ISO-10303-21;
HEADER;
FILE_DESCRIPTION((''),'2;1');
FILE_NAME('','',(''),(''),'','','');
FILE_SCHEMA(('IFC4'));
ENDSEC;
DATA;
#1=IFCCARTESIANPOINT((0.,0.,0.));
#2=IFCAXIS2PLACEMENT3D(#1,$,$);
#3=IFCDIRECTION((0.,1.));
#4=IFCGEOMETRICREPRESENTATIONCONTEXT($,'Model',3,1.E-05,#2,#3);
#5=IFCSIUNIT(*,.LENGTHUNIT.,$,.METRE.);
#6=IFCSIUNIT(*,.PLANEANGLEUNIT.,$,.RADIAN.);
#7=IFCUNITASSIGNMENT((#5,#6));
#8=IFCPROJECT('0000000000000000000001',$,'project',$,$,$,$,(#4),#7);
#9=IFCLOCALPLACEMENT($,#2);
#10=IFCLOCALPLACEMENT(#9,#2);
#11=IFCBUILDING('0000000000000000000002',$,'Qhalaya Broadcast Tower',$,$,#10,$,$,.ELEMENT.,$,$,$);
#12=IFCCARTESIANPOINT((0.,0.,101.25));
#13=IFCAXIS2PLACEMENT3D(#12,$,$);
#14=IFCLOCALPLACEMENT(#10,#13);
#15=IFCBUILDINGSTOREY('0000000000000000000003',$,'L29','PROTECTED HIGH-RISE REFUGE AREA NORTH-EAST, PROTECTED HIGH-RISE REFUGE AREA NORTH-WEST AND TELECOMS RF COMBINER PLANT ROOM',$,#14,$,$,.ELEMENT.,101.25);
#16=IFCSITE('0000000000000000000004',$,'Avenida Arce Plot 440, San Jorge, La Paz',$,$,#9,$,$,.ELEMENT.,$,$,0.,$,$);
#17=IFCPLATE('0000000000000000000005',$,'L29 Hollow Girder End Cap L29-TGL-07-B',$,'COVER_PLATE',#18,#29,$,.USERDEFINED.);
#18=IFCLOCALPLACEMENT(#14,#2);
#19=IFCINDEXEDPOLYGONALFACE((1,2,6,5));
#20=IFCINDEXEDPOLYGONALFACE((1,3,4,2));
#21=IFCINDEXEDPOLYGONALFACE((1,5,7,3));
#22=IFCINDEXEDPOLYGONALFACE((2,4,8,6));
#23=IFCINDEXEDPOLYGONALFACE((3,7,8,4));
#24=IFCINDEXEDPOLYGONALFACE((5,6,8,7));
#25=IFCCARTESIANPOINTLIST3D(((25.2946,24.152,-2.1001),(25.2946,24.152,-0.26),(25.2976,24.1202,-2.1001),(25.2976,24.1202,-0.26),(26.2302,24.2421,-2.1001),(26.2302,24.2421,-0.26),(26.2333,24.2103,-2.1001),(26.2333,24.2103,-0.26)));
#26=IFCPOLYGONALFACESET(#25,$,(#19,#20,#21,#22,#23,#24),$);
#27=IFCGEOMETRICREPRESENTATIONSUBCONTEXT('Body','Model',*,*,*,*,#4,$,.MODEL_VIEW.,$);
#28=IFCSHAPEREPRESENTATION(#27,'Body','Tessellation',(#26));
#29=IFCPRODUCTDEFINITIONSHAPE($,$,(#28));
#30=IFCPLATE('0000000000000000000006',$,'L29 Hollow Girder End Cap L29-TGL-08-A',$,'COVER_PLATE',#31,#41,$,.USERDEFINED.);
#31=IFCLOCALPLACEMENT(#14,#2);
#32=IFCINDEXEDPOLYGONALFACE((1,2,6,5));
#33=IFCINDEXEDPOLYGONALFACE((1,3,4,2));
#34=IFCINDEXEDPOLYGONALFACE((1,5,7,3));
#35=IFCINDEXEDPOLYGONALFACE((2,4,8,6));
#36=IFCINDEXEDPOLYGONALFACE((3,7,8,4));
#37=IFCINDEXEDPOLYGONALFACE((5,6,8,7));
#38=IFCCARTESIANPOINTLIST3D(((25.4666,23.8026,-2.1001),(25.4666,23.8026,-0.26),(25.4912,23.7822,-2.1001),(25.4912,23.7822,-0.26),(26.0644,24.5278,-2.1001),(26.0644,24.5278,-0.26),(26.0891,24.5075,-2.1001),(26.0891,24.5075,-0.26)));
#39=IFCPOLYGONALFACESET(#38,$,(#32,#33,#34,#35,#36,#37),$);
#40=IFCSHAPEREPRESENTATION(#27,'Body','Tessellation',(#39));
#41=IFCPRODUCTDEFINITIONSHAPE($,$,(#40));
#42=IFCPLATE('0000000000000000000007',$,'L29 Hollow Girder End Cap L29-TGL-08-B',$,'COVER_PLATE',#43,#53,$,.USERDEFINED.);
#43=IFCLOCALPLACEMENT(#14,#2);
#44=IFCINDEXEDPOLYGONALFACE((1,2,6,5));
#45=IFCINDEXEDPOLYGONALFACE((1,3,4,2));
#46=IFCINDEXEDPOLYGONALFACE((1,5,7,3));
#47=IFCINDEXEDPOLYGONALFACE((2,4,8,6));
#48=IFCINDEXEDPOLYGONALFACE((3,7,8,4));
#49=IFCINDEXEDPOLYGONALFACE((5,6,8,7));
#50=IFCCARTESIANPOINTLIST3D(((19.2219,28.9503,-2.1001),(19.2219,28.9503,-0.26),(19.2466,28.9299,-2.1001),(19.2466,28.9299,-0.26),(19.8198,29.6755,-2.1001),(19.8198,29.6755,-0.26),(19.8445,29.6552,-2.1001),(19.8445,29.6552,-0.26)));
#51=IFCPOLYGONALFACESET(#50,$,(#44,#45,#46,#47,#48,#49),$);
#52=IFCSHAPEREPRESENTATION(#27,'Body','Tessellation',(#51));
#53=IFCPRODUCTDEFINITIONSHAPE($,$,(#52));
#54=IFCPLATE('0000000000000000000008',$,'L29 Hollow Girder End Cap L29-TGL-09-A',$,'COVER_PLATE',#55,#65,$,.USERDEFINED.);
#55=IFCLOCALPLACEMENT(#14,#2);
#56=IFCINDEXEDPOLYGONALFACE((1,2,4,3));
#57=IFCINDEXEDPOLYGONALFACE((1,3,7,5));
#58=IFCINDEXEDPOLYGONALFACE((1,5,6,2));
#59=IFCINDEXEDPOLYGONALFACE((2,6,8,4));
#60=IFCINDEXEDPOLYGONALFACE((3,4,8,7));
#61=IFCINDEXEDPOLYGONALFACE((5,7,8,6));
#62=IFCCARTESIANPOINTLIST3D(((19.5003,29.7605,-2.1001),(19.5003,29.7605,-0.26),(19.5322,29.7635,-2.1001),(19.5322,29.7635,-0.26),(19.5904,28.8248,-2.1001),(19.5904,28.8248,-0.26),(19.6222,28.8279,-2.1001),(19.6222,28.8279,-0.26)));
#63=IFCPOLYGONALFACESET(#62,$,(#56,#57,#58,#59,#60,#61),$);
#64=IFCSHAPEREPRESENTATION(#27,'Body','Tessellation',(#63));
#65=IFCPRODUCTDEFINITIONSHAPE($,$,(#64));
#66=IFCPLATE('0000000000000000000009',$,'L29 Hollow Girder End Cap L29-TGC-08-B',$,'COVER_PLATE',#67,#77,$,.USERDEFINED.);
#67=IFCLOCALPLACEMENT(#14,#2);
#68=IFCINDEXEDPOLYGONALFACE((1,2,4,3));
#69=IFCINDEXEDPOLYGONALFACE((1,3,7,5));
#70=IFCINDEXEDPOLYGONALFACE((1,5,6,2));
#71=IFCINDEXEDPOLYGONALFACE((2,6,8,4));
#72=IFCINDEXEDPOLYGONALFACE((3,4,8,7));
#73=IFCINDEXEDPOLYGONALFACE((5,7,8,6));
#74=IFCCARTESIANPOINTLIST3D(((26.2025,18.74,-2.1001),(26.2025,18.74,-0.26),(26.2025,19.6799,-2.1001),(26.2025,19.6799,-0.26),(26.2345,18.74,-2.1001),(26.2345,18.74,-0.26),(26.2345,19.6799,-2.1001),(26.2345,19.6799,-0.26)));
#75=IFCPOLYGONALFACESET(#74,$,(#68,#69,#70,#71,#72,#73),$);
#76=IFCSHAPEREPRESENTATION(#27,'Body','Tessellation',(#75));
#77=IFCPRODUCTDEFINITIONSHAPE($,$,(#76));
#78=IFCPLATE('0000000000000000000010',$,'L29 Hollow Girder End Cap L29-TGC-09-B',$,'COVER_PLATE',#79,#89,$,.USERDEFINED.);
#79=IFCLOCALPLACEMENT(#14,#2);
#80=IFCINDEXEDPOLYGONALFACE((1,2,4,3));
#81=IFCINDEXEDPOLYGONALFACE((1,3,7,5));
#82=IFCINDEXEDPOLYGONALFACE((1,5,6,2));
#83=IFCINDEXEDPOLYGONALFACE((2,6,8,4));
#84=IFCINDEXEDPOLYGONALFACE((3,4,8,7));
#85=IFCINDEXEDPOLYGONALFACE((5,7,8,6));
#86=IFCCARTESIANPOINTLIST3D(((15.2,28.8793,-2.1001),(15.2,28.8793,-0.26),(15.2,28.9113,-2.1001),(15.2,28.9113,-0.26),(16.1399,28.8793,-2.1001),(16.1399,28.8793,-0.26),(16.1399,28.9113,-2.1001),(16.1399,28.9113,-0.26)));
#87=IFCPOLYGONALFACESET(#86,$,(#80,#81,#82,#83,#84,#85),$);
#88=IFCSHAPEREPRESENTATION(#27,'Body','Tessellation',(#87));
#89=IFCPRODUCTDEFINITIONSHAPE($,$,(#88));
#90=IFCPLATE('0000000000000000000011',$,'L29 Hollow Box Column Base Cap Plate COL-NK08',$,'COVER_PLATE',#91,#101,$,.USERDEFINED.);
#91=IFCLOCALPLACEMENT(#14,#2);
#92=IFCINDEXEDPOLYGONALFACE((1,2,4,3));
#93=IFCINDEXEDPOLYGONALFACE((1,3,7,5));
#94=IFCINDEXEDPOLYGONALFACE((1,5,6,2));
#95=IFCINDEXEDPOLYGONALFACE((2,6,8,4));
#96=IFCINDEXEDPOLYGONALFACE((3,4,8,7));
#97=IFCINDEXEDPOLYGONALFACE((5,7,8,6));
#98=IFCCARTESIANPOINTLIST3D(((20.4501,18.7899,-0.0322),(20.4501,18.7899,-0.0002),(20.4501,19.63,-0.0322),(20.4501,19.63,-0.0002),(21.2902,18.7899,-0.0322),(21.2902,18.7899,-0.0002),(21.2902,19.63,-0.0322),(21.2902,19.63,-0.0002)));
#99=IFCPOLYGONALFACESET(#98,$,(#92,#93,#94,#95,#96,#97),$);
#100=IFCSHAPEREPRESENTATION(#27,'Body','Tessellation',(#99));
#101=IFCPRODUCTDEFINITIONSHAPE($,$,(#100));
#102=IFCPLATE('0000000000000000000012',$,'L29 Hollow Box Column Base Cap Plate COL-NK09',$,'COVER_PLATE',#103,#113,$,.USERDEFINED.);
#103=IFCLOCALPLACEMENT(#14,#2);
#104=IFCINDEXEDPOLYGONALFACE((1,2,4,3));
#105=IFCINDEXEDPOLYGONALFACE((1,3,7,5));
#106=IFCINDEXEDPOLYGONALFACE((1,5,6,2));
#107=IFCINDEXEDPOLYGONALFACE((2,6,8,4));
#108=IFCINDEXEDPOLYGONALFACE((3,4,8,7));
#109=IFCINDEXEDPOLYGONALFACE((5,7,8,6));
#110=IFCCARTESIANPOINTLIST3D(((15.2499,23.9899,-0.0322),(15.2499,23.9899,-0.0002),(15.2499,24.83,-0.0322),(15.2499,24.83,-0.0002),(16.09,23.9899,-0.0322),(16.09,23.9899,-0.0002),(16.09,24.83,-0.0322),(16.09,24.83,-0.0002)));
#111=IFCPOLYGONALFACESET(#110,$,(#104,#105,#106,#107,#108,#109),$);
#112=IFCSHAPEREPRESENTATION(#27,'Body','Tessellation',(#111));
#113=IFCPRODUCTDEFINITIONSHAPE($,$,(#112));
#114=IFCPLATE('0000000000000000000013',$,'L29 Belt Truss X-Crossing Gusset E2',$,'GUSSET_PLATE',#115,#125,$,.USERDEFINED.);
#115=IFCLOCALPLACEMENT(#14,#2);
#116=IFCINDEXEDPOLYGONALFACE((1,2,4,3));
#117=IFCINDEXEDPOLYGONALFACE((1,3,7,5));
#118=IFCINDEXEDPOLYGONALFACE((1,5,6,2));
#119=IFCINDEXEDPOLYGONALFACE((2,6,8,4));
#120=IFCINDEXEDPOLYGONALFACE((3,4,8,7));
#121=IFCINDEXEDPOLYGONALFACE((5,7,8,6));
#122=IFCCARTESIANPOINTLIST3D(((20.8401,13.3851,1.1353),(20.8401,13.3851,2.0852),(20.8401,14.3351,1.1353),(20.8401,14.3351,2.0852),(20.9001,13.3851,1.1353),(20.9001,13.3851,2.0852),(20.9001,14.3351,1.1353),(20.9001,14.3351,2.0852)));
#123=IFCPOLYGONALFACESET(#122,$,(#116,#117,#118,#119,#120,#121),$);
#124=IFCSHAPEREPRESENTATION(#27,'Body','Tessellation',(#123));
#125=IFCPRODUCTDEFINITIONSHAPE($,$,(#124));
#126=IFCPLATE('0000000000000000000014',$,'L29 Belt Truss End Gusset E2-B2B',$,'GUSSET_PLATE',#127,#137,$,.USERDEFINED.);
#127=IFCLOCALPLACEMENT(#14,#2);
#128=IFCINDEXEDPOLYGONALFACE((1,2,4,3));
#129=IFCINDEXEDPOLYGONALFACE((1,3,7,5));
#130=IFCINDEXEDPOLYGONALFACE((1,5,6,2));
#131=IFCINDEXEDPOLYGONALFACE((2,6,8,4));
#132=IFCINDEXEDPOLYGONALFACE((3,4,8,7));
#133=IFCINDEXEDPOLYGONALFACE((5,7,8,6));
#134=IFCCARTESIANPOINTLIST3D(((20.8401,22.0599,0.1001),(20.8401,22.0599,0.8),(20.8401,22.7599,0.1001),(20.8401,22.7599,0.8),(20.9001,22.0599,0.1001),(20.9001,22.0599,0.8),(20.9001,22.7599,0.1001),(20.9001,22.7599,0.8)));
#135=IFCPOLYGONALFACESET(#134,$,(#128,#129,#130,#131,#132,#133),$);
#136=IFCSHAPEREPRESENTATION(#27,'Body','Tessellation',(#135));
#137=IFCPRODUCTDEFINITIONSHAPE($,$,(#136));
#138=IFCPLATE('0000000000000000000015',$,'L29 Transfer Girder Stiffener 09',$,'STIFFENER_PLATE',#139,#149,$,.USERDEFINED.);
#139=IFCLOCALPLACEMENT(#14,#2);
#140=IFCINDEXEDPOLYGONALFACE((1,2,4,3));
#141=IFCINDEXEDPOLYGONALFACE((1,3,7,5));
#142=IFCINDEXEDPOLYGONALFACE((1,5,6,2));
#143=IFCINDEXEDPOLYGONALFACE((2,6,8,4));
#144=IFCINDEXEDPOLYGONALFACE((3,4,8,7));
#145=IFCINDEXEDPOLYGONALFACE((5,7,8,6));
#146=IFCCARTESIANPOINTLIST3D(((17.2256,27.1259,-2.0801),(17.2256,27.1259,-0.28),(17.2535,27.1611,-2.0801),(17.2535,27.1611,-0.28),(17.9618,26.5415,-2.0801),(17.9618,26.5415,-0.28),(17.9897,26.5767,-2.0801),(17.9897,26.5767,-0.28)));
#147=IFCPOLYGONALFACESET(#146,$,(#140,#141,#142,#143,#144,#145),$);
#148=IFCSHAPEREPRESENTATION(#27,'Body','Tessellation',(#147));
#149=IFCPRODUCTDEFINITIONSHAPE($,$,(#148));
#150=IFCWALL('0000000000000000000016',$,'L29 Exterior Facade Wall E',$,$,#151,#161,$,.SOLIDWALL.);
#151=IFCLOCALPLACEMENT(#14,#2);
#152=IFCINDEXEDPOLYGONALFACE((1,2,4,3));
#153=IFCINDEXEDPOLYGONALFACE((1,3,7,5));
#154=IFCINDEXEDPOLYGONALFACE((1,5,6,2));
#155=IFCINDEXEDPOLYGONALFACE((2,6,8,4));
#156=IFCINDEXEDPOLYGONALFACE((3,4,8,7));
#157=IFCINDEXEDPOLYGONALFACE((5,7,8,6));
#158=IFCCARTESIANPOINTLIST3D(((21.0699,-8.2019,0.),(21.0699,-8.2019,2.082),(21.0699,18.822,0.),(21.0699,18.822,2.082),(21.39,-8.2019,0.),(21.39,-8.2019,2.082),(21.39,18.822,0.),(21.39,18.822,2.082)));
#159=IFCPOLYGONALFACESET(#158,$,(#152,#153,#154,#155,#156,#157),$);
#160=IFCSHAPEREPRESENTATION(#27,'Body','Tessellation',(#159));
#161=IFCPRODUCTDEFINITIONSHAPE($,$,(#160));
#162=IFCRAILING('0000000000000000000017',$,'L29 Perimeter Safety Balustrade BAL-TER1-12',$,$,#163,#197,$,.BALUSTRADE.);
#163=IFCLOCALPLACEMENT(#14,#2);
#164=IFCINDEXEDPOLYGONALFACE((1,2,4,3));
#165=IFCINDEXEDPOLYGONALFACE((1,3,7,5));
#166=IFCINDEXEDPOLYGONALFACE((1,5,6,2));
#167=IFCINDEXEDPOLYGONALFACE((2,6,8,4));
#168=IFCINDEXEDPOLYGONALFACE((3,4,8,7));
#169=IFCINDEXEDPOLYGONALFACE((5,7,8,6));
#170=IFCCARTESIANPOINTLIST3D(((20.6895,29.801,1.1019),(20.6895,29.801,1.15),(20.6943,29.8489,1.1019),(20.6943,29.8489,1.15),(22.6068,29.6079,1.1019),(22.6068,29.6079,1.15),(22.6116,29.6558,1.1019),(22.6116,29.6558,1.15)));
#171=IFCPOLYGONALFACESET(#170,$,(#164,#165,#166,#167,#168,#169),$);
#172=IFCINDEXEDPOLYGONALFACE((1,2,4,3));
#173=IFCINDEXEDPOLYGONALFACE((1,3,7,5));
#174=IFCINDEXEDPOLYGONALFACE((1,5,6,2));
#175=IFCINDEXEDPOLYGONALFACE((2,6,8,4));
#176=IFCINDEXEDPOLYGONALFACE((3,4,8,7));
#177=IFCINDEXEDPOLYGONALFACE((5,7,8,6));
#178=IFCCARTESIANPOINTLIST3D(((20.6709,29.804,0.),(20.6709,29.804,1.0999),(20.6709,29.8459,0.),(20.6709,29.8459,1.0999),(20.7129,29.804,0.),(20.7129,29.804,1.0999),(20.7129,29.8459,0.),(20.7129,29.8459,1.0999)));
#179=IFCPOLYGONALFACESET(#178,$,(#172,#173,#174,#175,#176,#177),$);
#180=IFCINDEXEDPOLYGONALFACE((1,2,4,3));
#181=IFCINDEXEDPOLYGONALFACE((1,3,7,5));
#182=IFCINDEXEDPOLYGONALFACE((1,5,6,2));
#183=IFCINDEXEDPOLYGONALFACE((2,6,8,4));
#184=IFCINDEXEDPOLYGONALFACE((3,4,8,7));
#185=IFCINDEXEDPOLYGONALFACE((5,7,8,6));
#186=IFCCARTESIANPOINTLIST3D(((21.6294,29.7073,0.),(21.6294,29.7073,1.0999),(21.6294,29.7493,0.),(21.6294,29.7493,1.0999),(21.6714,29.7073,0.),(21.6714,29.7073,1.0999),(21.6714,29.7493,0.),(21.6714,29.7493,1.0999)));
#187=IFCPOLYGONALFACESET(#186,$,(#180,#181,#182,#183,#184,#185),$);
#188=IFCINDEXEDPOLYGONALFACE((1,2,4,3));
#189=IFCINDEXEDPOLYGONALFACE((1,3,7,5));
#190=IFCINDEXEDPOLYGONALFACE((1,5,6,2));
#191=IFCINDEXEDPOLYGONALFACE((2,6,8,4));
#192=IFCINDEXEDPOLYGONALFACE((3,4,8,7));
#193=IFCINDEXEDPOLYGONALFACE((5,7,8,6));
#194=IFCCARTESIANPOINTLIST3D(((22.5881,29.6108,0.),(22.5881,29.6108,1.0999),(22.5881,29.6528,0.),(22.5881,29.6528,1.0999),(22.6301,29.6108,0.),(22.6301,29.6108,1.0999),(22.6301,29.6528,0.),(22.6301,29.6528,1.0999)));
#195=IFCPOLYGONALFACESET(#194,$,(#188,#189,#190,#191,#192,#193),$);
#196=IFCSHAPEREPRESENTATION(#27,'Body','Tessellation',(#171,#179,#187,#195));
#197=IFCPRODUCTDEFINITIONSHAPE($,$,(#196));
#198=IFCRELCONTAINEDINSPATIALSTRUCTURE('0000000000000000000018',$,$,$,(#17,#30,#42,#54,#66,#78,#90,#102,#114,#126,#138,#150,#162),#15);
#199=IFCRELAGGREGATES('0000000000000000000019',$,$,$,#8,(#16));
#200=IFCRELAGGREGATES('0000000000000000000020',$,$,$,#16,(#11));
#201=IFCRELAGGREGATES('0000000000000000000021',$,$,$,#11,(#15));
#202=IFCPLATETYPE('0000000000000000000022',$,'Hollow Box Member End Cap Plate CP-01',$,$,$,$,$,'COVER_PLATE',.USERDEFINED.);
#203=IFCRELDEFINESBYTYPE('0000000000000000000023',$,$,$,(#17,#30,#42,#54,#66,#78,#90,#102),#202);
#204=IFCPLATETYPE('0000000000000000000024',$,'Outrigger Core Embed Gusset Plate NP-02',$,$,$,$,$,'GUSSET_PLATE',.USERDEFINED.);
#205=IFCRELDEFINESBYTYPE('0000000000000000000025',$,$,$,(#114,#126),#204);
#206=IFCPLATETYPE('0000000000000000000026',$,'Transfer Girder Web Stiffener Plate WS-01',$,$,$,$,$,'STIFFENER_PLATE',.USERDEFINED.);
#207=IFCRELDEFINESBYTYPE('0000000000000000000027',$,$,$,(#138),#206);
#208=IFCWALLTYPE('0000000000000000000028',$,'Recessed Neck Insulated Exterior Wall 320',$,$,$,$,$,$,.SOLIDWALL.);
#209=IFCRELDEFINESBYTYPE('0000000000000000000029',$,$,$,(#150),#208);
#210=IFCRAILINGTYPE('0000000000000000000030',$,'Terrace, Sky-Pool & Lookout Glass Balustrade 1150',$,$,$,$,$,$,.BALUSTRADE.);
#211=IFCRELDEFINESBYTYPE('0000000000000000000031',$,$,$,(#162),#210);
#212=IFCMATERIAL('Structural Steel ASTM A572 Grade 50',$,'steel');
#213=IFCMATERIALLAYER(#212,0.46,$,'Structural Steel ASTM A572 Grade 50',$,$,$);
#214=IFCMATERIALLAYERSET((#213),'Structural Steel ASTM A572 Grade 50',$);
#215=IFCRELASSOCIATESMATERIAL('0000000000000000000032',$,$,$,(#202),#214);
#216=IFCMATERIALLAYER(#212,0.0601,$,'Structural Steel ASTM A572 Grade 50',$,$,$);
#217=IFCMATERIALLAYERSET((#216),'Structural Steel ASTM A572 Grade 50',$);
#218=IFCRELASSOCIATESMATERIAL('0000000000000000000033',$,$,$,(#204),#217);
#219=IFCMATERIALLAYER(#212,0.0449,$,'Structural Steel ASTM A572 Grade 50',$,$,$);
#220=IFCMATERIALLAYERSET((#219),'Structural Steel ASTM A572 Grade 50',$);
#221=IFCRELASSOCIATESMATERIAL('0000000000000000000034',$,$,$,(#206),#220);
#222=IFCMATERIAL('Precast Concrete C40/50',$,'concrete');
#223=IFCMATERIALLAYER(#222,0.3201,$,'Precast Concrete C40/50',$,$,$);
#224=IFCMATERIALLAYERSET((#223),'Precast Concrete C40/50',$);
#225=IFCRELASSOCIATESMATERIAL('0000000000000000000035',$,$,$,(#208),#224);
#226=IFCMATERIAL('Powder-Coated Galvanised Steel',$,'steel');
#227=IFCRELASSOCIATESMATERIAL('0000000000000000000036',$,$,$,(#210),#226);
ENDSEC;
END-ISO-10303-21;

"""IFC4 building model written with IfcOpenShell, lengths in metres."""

from ifc_helpers import new_model, si_unit, direction, frame, frame_2d, origin, origin_2d, place, context, subcontext, project, spatial, rectangle, extrude, material, layer, layer_set, type_object, element, save


model = new_model("IFC4")

# Units and contexts
model_context = context("Model", 3, precision=1e-05, world=origin(), true_north=direction((0.0, 1.0)))
body_context = subcontext(model_context, "Body", "Model", "MODEL_VIEW")
ifc_project = project(units=[si_unit("LENGTHUNIT", "METRE"), si_unit("PLANEANGLEUNIT", "RADIAN")], contexts=[model_context])

# Site, building, storey
site_placement = place(None, origin())
site = spatial("IfcSite", under=ifc_project, at=site_placement, Name="Avenida Arce Plot 440, San Jorge, La Paz", CompositionType="ELEMENT", RefElevation=0.0)
building_placement = place(site_placement, origin())
building = spatial("IfcBuilding", under=site, at=building_placement, Name="Qhalaya Broadcast Tower", CompositionType="ELEMENT")
storey_placement = place(building_placement, frame((0.0, 0.0, 101.25)))
storey = spatial("IfcBuildingStorey", under=building, at=storey_placement, Name="L29", Description="PROTECTED HIGH-RISE REFUGE AREA NORTH-EAST, PROTECTED HIGH-RISE REFUGE AREA NORTH-WEST AND TELECOMS RF COMBINER PLANT ROOM", CompositionType="ELEMENT", Elevation=101.25)

# Shared definitions
ifc_material_1 = material(Name="Structural Steel ASTM A572 Grade 50", Category="steel")

# Plates
ifc_layer_1 = layer(ifc_material_1, 0.46, Name="Structural Steel ASTM A572 Grade 50")
ifc_layer_set_1 = layer_set([ifc_layer_1], Name="Structural Steel ASTM A572 Grade 50")
plate_type_1 = type_object("IfcPlateType", Name="Hollow Box Member End Cap Plate CP-01", ElementType="COVER_PLATE", PredefinedType="USERDEFINED", material=ifc_layer_set_1)
for number, where, z_axis, x_axis, name in (
    (1, (25.7639, 24.1812, -2.1001), (0.0, 0.0, 1.0), (-0.995396, -0.095846, 0.0), "L29 Hollow Girder End Cap L29-TGL-07-B"),
    (2, (25.7778, 24.155, -2.1001), (0.0, 0.0, 1.0), (-0.636078, -0.771625, 0.0), "L29 Hollow Girder End Cap L29-TGL-08-A"),
    (3, (19.5332, 29.3027, -2.1001), (0.0, 0.0, 1.0), (-0.636078, -0.771625, 0.0), "L29 Hollow Girder End Cap L29-TGL-08-B"),
    (4, (19.5613, 29.2942, -2.1001), (0.0, 0.0, 1.0), (0.095846, -0.995396, 0.0), "L29 Hollow Girder End Cap L29-TGL-09-A"),
    (5, (26.2185, 19.21, -2.1001), (0.0, 0.0, 1.0), (0.0, 1.0, 0.0), "L29 Hollow Girder End Cap L29-TGC-08-B"),
    (6, (15.6699, 28.8953, -2.1001), (0.0, 0.0, 1.0), (-1.0, 0.0, 0.0), "L29 Hollow Girder End Cap L29-TGC-09-B"),
):
    element("IfcPlate", number, at=place(storey_placement, frame(where, z_axis=z_axis, x_axis=x_axis)), inside=storey, type_object=plate_type_1, Name=name, ObjectType="COVER_PLATE", PredefinedType="USERDEFINED", context=body_context, shape_type="SweptSolid", body=[
        extrude(rectangle(XDim=0.9399, YDim=0.032, at=origin_2d()), origin(), (0.0, 0.0, 1.0), 1.8401),
    ])
for number, where, z_axis, x_axis, name in (
    (7, (20.8701, 19.21, -0.0322), (0.0, 0.0, 1.0), (0.0, 1.0, 0.0), "L29 Hollow Box Column Base Cap Plate COL-NK08"),
    (8, (15.6699, 24.4099, -0.0322), (0.0, 0.0, 1.0), (1.0, 0.0, 0.0), "L29 Hollow Box Column Base Cap Plate COL-NK09"),
):
    element("IfcPlate", number, at=place(storey_placement, frame(where, z_axis=z_axis, x_axis=x_axis)), inside=storey, type_object=plate_type_1, Name=name, ObjectType="COVER_PLATE", PredefinedType="USERDEFINED", context=body_context, shape_type="SweptSolid", body=[
        extrude(rectangle(XDim=0.8401, YDim=0.8401, at=origin_2d()), origin(), (0.0, 0.0, 1.0), 0.032),
    ])
ifc_layer_2 = layer(ifc_material_1, 0.0601, Name="Structural Steel ASTM A572 Grade 50")
ifc_layer_set_2 = layer_set([ifc_layer_2], Name="Structural Steel ASTM A572 Grade 50")
plate_type_2 = type_object("IfcPlateType", Name="Outrigger Core Embed Gusset Plate NP-02", ElementType="GUSSET_PLATE", PredefinedType="USERDEFINED", material=ifc_layer_set_2)
plate_1_placement = place(storey_placement, frame((20.8701, 13.8601, 1.1353), z_axis=(0.0, 0.0, 1.0), x_axis=(0.0, 1.0, 0.0)))
element("IfcPlate", 9, at=plate_1_placement, inside=storey, type_object=plate_type_2, Name="L29 Belt Truss X-Crossing Gusset E2", ObjectType="GUSSET_PLATE", PredefinedType="USERDEFINED", context=body_context, shape_type="SweptSolid", body=[
    extrude(rectangle(XDim=0.95, YDim=0.0601, at=origin_2d()), origin(), (0.0, 0.0, 1.0), 0.95),
])
plate_2_placement = place(storey_placement, frame((20.8701, 22.4099, 0.1001), z_axis=(0.0, 0.0, 1.0), x_axis=(0.0, 1.0, 0.0)))
element("IfcPlate", 10, at=plate_2_placement, inside=storey, type_object=plate_type_2, Name="L29 Belt Truss End Gusset E2-B2B", ObjectType="GUSSET_PLATE", PredefinedType="USERDEFINED", context=body_context, shape_type="SweptSolid", body=[
    extrude(rectangle(XDim=0.7, YDim=0.0601, at=origin_2d()), origin(), (0.0, 0.0, 1.0), 0.7),
])
ifc_layer_3 = layer(ifc_material_1, 0.0449, Name="Structural Steel ASTM A572 Grade 50")
ifc_layer_set_3 = layer_set([ifc_layer_3], Name="Structural Steel ASTM A572 Grade 50")
plate_type_3 = type_object("IfcPlateType", Name="Transfer Girder Web Stiffener Plate WS-01", ElementType="STIFFENER_PLATE", PredefinedType="USERDEFINED", material=ifc_layer_set_3)
plate_3_placement = place(storey_placement, frame((17.6077, 26.8513, -2.0801), z_axis=(0.0, 0.0, 1.0), x_axis=(0.78326, -0.621695, 0.0)))
element("IfcPlate", 11, at=plate_3_placement, inside=storey, type_object=plate_type_3, Name="L29 Transfer Girder Stiffener 09", ObjectType="STIFFENER_PLATE", PredefinedType="USERDEFINED", context=body_context, shape_type="SweptSolid", body=[
    extrude(rectangle(XDim=0.9399, YDim=0.0449, at=origin_2d()), origin(), (0.0, 0.0, 1.0), 1.8),
])

# Wall
ifc_material_2 = material(Name="Precast Concrete C40/50", Category="concrete")
ifc_layer_4 = layer(ifc_material_2, 0.3201, Name="Precast Concrete C40/50")
ifc_layer_set_4 = layer_set([ifc_layer_4], Name="Precast Concrete C40/50")
wall_type = type_object("IfcWallType", Name="Recessed Neck Insulated Exterior Wall 320", PredefinedType="SOLIDWALL", material=ifc_layer_set_4)
wall_placement = place(storey_placement, frame((21.23, 18.822, 0.0), z_axis=(0.0, 0.0, 1.0), x_axis=(0.0, -1.0, 0.0)))
element("IfcWall", 12, at=wall_placement, inside=storey, type_object=wall_type, Name="L29 Exterior Facade Wall E", PredefinedType="SOLIDWALL", context=body_context, shape_type="SweptSolid", body=[
    extrude(rectangle(XDim=27.0239, YDim=0.3201, at=frame_2d((13.512, 0.0))), origin(), (0.0, 0.0, 1.0), 2.082),
])

# Railing
ifc_material_3 = material(Name="Powder-Coated Galvanised Steel", Category="steel")
railing_type = type_object("IfcRailingType", Name="Terrace, Sky-Pool & Lookout Glass Balustrade 1150", PredefinedType="BALUSTRADE", material=ifc_material_3)
railing_1_placement = place(storey_placement, frame((20.6919, 29.825, 0.0)))
element("IfcRailing", 13, at=railing_1_placement, inside=storey, type_object=railing_type, Name="L29 Perimeter Safety Balustrade BAL-TER1-12", PredefinedType="BALUSTRADE", context=body_context, shape_type="SweptSolid", body=[
    extrude(rectangle(XDim=0.0481, YDim=0.0481, at=origin_2d()), frame((0.0, 0.0, 1.126), z_axis=(0.994965, -0.100219, 0.0), x_axis=(0.100219, 0.994965, 0.0)), (0.0, 0.0, 1.0), 1.927),
    extrude(rectangle(XDim=0.042, YDim=0.042, at=origin_2d()), origin(), (0.0, 0.0, 1.0), 1.0999),
    extrude(rectangle(XDim=0.042, YDim=0.042, at=origin_2d()), frame((0.9585, -0.0967, 0.0)), (0.0, 0.0, 1.0), 1.0999),
    extrude(rectangle(XDim=0.042, YDim=0.042, at=origin_2d()), frame((1.9172, -0.1931, 0.0)), (0.0, 0.0, 1.0), 1.0999),
])

save(model, "model.ifc")
